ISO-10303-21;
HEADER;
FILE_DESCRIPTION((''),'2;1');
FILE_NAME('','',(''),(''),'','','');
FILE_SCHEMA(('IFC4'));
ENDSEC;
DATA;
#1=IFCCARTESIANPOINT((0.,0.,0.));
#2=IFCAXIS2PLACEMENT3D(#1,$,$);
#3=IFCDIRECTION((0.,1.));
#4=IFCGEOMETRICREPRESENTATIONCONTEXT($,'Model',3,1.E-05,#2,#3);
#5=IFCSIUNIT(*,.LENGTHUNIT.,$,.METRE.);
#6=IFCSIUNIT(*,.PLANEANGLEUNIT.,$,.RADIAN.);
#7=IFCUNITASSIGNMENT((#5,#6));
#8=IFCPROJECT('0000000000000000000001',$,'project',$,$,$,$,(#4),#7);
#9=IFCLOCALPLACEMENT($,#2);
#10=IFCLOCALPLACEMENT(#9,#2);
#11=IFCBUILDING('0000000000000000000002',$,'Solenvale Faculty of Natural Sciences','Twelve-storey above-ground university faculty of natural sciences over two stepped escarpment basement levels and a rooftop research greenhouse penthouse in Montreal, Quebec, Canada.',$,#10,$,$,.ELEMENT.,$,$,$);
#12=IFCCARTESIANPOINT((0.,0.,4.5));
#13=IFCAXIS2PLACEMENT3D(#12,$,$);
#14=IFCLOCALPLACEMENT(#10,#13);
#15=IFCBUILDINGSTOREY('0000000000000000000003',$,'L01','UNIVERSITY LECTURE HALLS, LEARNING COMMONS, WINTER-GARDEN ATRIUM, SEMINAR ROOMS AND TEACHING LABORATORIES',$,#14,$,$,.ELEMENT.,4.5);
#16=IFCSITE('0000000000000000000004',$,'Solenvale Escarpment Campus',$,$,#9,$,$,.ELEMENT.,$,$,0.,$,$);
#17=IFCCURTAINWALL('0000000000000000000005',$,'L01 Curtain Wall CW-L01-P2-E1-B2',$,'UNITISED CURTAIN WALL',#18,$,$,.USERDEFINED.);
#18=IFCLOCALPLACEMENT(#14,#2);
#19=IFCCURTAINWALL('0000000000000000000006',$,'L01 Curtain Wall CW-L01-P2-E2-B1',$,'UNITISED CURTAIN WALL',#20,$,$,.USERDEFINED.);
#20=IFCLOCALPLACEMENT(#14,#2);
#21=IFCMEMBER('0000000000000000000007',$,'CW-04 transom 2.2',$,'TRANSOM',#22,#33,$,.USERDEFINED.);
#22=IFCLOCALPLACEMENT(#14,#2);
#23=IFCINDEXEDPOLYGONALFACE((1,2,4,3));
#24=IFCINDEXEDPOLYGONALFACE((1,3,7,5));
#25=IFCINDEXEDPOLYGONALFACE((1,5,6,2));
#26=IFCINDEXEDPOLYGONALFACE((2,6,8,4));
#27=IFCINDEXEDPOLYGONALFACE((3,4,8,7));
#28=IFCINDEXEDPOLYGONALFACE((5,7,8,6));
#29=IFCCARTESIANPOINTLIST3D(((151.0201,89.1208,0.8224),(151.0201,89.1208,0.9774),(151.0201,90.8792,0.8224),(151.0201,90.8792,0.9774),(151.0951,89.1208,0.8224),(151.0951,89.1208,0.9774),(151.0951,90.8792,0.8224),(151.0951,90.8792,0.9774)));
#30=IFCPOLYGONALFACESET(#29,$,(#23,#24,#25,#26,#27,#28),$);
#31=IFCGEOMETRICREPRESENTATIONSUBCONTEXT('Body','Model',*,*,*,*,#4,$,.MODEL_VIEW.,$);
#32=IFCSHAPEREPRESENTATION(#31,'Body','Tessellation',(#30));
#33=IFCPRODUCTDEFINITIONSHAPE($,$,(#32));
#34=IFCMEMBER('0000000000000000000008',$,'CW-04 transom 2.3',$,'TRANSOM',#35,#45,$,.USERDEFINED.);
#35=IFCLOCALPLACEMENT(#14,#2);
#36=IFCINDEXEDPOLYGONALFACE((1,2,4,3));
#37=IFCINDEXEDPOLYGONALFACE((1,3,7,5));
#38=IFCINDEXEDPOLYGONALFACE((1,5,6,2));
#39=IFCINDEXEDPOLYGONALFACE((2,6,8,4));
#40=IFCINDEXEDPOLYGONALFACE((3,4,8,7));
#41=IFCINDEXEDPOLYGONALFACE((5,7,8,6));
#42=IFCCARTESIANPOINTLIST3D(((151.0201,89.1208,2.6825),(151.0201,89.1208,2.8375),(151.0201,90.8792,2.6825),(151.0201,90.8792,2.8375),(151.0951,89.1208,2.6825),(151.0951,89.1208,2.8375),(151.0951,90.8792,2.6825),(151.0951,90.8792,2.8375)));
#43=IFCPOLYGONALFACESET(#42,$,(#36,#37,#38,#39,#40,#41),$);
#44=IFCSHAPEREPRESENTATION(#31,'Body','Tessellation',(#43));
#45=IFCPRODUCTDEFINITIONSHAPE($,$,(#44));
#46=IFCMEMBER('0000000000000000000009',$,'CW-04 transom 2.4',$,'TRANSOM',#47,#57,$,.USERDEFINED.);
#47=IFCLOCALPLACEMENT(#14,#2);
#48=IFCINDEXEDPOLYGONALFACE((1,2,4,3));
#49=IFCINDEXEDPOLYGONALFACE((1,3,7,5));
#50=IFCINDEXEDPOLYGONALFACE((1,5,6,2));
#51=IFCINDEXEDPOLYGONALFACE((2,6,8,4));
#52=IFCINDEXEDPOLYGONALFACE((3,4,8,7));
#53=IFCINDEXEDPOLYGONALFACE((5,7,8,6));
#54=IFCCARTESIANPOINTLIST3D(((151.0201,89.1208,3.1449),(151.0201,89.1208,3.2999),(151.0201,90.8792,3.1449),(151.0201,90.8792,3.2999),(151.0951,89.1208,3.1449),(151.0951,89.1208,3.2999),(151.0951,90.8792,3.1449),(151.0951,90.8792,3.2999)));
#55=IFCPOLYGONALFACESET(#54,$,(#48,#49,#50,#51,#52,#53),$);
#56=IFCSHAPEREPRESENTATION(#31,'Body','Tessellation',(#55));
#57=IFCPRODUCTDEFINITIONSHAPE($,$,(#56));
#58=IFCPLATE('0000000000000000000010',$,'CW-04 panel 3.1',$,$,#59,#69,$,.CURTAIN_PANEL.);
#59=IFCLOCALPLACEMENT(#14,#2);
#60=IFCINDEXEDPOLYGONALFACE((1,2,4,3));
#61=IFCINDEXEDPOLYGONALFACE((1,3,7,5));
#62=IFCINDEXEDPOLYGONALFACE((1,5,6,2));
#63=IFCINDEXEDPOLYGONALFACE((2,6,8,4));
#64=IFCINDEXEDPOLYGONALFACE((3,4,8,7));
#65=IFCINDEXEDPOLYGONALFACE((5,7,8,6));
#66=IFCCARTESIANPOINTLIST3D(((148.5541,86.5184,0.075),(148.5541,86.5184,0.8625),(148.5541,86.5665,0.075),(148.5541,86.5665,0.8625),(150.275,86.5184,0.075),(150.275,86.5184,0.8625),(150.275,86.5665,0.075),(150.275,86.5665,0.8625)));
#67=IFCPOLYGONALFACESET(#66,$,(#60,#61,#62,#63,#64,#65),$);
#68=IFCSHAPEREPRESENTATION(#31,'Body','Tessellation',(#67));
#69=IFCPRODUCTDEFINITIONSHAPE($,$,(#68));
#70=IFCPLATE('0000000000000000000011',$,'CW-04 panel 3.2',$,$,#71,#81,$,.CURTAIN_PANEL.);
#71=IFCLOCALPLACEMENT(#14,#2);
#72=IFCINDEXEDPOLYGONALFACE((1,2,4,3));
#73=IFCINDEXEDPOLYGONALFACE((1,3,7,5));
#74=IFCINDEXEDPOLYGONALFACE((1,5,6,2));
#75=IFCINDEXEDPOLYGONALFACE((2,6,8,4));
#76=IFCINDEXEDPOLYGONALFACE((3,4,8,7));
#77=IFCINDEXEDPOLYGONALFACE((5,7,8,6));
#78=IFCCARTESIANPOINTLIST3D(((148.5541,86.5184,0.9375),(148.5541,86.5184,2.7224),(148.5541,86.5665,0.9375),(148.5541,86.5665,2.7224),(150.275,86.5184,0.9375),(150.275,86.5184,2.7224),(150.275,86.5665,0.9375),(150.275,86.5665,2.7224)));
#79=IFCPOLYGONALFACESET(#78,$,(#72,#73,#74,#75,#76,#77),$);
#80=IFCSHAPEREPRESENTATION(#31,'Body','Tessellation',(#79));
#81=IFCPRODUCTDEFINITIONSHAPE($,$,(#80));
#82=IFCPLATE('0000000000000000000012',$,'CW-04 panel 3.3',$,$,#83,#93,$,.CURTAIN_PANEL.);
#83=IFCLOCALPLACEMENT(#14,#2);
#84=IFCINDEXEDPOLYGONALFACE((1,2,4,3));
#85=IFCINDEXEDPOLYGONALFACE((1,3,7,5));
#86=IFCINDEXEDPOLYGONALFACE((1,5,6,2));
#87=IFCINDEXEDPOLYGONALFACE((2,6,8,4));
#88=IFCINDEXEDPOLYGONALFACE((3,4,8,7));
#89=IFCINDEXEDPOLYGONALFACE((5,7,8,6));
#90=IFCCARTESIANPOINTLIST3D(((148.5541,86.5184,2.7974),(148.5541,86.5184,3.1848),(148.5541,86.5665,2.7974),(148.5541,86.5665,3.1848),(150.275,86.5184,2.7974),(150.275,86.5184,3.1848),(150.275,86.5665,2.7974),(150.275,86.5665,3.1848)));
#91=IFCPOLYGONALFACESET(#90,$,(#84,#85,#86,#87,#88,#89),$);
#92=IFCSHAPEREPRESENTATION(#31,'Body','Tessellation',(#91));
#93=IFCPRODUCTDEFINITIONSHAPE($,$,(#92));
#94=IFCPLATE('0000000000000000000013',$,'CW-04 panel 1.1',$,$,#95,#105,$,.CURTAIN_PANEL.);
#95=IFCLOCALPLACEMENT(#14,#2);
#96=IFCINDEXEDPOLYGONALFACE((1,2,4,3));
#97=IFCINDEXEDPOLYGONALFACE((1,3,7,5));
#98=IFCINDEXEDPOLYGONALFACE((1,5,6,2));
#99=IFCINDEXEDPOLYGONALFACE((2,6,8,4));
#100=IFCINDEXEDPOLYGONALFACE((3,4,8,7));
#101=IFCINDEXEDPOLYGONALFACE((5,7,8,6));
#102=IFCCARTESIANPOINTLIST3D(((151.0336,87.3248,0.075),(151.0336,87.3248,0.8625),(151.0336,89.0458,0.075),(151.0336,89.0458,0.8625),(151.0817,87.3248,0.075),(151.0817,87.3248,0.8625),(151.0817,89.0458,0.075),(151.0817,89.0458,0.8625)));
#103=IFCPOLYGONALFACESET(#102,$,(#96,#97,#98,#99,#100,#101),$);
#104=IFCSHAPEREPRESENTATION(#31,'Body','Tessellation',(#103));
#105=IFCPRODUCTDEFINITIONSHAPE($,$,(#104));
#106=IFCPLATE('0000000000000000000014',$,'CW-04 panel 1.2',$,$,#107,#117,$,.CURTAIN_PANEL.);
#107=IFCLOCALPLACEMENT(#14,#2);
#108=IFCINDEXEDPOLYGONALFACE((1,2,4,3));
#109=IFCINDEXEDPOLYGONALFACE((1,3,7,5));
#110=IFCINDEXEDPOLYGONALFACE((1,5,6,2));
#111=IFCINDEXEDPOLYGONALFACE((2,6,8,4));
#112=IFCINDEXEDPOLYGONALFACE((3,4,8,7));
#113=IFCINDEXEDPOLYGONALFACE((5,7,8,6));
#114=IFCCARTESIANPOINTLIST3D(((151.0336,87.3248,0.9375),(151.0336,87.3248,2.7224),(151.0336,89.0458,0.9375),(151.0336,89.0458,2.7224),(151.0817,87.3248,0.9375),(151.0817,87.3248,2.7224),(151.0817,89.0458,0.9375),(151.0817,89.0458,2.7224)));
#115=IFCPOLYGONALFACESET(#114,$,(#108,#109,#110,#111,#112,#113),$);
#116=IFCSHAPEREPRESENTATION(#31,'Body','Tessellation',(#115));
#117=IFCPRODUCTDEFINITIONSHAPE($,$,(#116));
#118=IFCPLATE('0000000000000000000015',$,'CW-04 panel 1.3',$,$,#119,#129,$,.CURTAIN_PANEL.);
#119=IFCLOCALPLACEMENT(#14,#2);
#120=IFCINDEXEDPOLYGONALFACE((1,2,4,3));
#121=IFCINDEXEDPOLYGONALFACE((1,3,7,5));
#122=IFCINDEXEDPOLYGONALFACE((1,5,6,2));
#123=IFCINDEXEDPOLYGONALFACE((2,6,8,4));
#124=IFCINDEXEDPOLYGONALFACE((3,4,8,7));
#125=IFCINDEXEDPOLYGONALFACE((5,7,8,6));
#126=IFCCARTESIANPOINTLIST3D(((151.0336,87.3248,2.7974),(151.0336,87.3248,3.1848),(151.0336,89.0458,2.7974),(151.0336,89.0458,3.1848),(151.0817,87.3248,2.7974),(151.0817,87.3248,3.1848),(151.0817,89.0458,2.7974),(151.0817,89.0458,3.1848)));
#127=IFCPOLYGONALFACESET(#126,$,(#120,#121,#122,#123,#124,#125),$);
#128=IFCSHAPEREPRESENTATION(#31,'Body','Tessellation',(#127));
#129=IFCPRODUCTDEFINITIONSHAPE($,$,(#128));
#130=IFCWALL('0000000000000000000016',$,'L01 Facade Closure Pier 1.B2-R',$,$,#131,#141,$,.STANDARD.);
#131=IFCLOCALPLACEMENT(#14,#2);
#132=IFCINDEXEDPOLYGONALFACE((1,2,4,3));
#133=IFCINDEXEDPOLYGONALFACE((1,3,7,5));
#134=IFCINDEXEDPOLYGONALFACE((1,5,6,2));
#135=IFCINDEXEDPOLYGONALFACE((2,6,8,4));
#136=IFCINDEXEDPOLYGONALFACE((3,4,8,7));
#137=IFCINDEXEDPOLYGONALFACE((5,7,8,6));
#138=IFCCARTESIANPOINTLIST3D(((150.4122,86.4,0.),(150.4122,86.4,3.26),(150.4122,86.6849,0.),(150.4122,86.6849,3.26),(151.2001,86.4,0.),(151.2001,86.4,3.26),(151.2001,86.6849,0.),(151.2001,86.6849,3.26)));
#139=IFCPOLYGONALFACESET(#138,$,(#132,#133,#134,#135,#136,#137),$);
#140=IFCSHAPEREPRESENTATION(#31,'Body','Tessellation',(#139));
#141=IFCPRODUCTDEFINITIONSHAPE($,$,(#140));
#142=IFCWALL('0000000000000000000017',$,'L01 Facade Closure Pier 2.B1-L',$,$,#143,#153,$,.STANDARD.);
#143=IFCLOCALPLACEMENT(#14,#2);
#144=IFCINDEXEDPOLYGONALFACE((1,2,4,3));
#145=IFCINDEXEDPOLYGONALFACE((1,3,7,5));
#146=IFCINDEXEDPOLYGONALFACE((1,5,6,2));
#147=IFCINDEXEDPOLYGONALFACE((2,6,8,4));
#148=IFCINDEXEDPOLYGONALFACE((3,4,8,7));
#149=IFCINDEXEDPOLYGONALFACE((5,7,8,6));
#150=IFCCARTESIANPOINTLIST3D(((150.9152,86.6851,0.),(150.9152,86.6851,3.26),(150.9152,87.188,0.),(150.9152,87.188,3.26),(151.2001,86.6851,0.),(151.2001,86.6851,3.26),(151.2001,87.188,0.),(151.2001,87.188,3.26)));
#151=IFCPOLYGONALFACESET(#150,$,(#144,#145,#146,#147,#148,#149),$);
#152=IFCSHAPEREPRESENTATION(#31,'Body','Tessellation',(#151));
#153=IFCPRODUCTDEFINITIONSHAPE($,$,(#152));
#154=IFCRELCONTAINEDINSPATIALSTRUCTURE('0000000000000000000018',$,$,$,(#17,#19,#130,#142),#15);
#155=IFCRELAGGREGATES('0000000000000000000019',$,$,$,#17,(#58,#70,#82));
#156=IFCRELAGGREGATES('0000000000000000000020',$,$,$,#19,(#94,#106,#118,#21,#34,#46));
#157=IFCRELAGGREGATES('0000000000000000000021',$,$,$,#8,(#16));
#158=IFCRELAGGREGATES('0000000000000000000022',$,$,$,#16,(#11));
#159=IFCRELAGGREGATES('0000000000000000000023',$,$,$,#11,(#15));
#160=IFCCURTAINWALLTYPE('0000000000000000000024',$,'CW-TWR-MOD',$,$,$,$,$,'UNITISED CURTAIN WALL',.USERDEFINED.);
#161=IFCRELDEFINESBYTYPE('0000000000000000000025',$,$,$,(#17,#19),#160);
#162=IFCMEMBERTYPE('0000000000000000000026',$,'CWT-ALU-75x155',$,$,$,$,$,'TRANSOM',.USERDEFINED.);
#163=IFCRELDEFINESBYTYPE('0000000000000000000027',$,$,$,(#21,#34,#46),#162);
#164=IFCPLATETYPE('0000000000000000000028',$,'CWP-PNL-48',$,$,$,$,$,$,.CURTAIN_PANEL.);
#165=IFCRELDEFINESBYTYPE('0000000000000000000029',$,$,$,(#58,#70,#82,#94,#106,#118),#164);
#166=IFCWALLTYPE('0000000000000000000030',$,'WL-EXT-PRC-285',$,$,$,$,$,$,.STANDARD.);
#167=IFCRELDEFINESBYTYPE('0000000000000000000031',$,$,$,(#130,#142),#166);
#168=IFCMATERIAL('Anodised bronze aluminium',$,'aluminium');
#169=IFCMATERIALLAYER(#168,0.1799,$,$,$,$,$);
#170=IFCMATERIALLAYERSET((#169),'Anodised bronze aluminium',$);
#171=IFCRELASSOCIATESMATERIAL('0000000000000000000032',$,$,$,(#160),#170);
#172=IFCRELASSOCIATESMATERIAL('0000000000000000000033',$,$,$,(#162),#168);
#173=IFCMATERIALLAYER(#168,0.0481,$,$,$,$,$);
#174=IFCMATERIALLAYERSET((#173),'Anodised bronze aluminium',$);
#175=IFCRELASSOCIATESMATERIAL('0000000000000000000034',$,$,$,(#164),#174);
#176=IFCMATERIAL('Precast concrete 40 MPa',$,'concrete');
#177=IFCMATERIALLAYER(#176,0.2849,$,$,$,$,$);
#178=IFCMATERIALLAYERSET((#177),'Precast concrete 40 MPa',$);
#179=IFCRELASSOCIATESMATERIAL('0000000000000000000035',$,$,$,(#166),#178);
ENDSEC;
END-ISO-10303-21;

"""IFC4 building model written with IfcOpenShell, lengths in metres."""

from ifc_helpers import new_model, si_unit, direction, frame, frame_2d, origin, origin_2d, place, context, subcontext, project, spatial, rectangle, extrude, material, layer, layer_set, material_profile, profile_set, type_object, element, aggregate, save


model = new_model("IFC4")

# Units and contexts
model_context = context("Model", 3, precision=1e-05, world=origin(), true_north=direction((0.0, 1.0)))
body_context = subcontext(model_context, "Body", "Model", "MODEL_VIEW")
ifc_project = project(units=[si_unit("LENGTHUNIT", "METRE"), si_unit("PLANEANGLEUNIT", "RADIAN")], contexts=[model_context])

# Site, building, storey
site_placement = place(None, origin())
site = spatial("IfcSite", under=ifc_project, at=site_placement, Name="Solenvale Escarpment Campus", CompositionType="ELEMENT", RefElevation=0.0)
building_placement = place(site_placement, origin())
building = spatial("IfcBuilding", under=site, at=building_placement, Name="Solenvale Faculty of Natural Sciences", Description="Twelve-storey above-ground university faculty of natural sciences over two stepped escarpment basement levels and a rooftop research greenhouse penthouse in Montreal, Quebec, Canada.", CompositionType="ELEMENT")
storey_placement = place(building_placement, frame((0.0, 0.0, 4.5)))
storey = spatial("IfcBuildingStorey", under=building, at=storey_placement, Name="L01", Description="UNIVERSITY LECTURE HALLS, LEARNING COMMONS, WINTER-GARDEN ATRIUM, SEMINAR ROOMS AND TEACHING LABORATORIES", CompositionType="ELEMENT", Elevation=4.5)

# Curtain walls
ifc_material_1 = material(Name="Anodised bronze aluminium", Category="aluminium")
ifc_layer_1 = layer(ifc_material_1, 0.1799)
ifc_layer_set_1 = layer_set([ifc_layer_1], Name="Anodised bronze aluminium")
curtain_wall_type = type_object("IfcCurtainWallType", Name="CW-TWR-MOD", ElementType="UNITISED CURTAIN WALL", PredefinedType="USERDEFINED", material=ifc_layer_set_1)
curtain_wall_1_placement = place(storey_placement, origin())
curtain_wall_1 = element("IfcCurtainWall", 1, at=curtain_wall_1_placement, inside=storey, type_object=curtain_wall_type, Name="L01 Curtain Wall CW-L01-P2-E1-B2", ObjectType="UNITISED CURTAIN WALL", PredefinedType="USERDEFINED")
curtain_wall_2_placement = place(storey_placement, origin())
curtain_wall_2 = element("IfcCurtainWall", 2, at=curtain_wall_2_placement, inside=storey, type_object=curtain_wall_type, Name="L01 Curtain Wall CW-L01-P2-E2-B1", ObjectType="UNITISED CURTAIN WALL", PredefinedType="USERDEFINED")

# Members
ifc_material_profile_1 = material_profile(ifc_material_1, rectangle(XDim=0.075, YDim=0.155, at=origin_2d()), Name="ALU-TRN-75x155")
ifc_profile_set_1 = profile_set([ifc_material_profile_1], Name="Anodised bronze aluminium")
member_type_1 = type_object("IfcMemberType", Name="CWT-ALU-75x155", ElementType="TRANSOM", PredefinedType="USERDEFINED", material=ifc_profile_set_1)
member_1_placement = place(storey_placement, frame((151.0576, 89.1208, 0.8999), z_axis=(0.0, 1.0, 0.0), x_axis=(-1.0, 0.0, 0.0)))
member_1 = element("IfcMember", 3, at=member_1_placement, type_object=member_type_1, Name="CW-04 transom 2.2", ObjectType="TRANSOM", PredefinedType="USERDEFINED", context=body_context, shape_type="SweptSolid", body=[
    extrude(rectangle(XDim=0.075, YDim=0.155, at=origin_2d()), origin(), (0.0, 0.0, 1.0), 1.7583),
])
member_2_placement = place(storey_placement, frame((151.0576, 89.1208, 2.76), z_axis=(0.0, 1.0, 0.0), x_axis=(-1.0, 0.0, 0.0)))
member_2 = element("IfcMember", 4, at=member_2_placement, type_object=member_type_1, Name="CW-04 transom 2.3", ObjectType="TRANSOM", PredefinedType="USERDEFINED", context=body_context, shape_type="SweptSolid", body=[
    extrude(rectangle(XDim=0.075, YDim=0.155, at=origin_2d()), origin(), (0.0, 0.0, 1.0), 1.7583),
])
member_3_placement = place(storey_placement, frame((151.0576, 89.1208, 3.2224), z_axis=(0.0, 1.0, 0.0), x_axis=(-1.0, 0.0, 0.0)))
member_3 = element("IfcMember", 5, at=member_3_placement, type_object=member_type_1, Name="CW-04 transom 2.4", ObjectType="TRANSOM", PredefinedType="USERDEFINED", context=body_context, shape_type="SweptSolid", body=[
    extrude(rectangle(XDim=0.075, YDim=0.155, at=origin_2d()), origin(), (0.0, 0.0, 1.0), 1.7583),
])

# Plates
ifc_layer_2 = layer(ifc_material_1, 0.0481)
ifc_layer_set_2 = layer_set([ifc_layer_2], Name="Anodised bronze aluminium")
plate_type = type_object("IfcPlateType", Name="CWP-PNL-48", PredefinedType="CURTAIN_PANEL", material=ifc_layer_set_2)
plate_1_placement = place(storey_placement, frame((149.4146, 86.5425, 0.075), z_axis=(0.0, 0.0, 1.0), x_axis=(1.0, 0.0, 0.0)))
plate_1 = element("IfcPlate", 6, at=plate_1_placement, type_object=plate_type, Name="CW-04 panel 3.1", PredefinedType="CURTAIN_PANEL", context=body_context, shape_type="SweptSolid", body=[
    extrude(rectangle(XDim=1.7209, YDim=0.0481, at=origin_2d()), origin(), (0.0, 0.0, 1.0), 0.7876),
])
plate_2_placement = place(storey_placement, frame((149.4146, 86.5425, 0.9375), z_axis=(0.0, 0.0, 1.0), x_axis=(1.0, 0.0, 0.0)))
plate_2 = element("IfcPlate", 7, at=plate_2_placement, type_object=plate_type, Name="CW-04 panel 3.2", PredefinedType="CURTAIN_PANEL", context=body_context, shape_type="SweptSolid", body=[
    extrude(rectangle(XDim=1.7209, YDim=0.0481, at=origin_2d()), origin(), (0.0, 0.0, 1.0), 1.7849),
])
plate_3_placement = place(storey_placement, frame((149.4146, 86.5425, 2.7974), z_axis=(0.0, 0.0, 1.0), x_axis=(1.0, 0.0, 0.0)))
plate_3 = element("IfcPlate", 8, at=plate_3_placement, type_object=plate_type, Name="CW-04 panel 3.3", PredefinedType="CURTAIN_PANEL", context=body_context, shape_type="SweptSolid", body=[
    extrude(rectangle(XDim=1.7209, YDim=0.0481, at=origin_2d()), origin(), (0.0, 0.0, 1.0), 0.3875),
])
aggregate(curtain_wall_1, [plate_1, plate_2, plate_3])
plate_4_placement = place(storey_placement, frame((151.0576, 88.1853, 0.075), z_axis=(0.0, 0.0, 1.0), x_axis=(0.0, 1.0, 0.0)))
plate_4 = element("IfcPlate", 9, at=plate_4_placement, type_object=plate_type, Name="CW-04 panel 1.1", PredefinedType="CURTAIN_PANEL", context=body_context, shape_type="SweptSolid", body=[
    extrude(rectangle(XDim=1.7209, YDim=0.0481, at=origin_2d()), origin(), (0.0, 0.0, 1.0), 0.7876),
])
plate_5_placement = place(storey_placement, frame((151.0576, 88.1853, 0.9375), z_axis=(0.0, 0.0, 1.0), x_axis=(0.0, 1.0, 0.0)))
plate_5 = element("IfcPlate", 10, at=plate_5_placement, type_object=plate_type, Name="CW-04 panel 1.2", PredefinedType="CURTAIN_PANEL", context=body_context, shape_type="SweptSolid", body=[
    extrude(rectangle(XDim=1.7209, YDim=0.0481, at=origin_2d()), origin(), (0.0, 0.0, 1.0), 1.7849),
])
plate_6_placement = place(storey_placement, frame((151.0576, 88.1853, 2.7974), z_axis=(0.0, 0.0, 1.0), x_axis=(0.0, 1.0, 0.0)))
plate_6 = element("IfcPlate", 11, at=plate_6_placement, type_object=plate_type, Name="CW-04 panel 1.3", PredefinedType="CURTAIN_PANEL", context=body_context, shape_type="SweptSolid", body=[
    extrude(rectangle(XDim=1.7209, YDim=0.0481, at=origin_2d()), origin(), (0.0, 0.0, 1.0), 0.3875),
])
aggregate(curtain_wall_2, [plate_4, plate_5, plate_6, member_1, member_2, member_3])

# Walls
ifc_material_2 = material(Name="Precast concrete 40 MPa", Category="concrete")
ifc_layer_3 = layer(ifc_material_2, 0.2849)
ifc_layer_set_3 = layer_set([ifc_layer_3], Name="Precast concrete 40 MPa")
wall_type = type_object("IfcWallType", Name="WL-EXT-PRC-285", PredefinedType="STANDARD", material=ifc_layer_set_3)
wall_1_placement = place(storey_placement, frame((150.4121, 86.5425, 0.0), z_axis=(0.0, 0.0, 1.0), x_axis=(1.0, 0.0, 0.0)))
element("IfcWall", 12, at=wall_1_placement, inside=storey, type_object=wall_type, Name="L01 Facade Closure Pier 1.B2-R", PredefinedType="STANDARD", context=body_context, shape_type="SweptSolid", body=[
    extrude(rectangle(XDim=0.7878, YDim=0.2849, at=frame_2d((0.394, 0.0))), origin(), (0.0, 0.0, 1.0), 3.26),
])
wall_2_placement = place(storey_placement, frame((151.0576, 86.6851, 0.0), z_axis=(0.0, 0.0, 1.0), x_axis=(0.0, 1.0, 0.0)))
element("IfcWall", 13, at=wall_2_placement, inside=storey, type_object=wall_type, Name="L01 Facade Closure Pier 2.B1-L", PredefinedType="STANDARD", context=body_context, shape_type="SweptSolid", body=[
    extrude(rectangle(XDim=0.5029, YDim=0.2849, at=frame_2d((0.2515, 0.0))), origin(), (0.0, 0.0, 1.0), 3.26),
])

save(model, "model.ifc")
